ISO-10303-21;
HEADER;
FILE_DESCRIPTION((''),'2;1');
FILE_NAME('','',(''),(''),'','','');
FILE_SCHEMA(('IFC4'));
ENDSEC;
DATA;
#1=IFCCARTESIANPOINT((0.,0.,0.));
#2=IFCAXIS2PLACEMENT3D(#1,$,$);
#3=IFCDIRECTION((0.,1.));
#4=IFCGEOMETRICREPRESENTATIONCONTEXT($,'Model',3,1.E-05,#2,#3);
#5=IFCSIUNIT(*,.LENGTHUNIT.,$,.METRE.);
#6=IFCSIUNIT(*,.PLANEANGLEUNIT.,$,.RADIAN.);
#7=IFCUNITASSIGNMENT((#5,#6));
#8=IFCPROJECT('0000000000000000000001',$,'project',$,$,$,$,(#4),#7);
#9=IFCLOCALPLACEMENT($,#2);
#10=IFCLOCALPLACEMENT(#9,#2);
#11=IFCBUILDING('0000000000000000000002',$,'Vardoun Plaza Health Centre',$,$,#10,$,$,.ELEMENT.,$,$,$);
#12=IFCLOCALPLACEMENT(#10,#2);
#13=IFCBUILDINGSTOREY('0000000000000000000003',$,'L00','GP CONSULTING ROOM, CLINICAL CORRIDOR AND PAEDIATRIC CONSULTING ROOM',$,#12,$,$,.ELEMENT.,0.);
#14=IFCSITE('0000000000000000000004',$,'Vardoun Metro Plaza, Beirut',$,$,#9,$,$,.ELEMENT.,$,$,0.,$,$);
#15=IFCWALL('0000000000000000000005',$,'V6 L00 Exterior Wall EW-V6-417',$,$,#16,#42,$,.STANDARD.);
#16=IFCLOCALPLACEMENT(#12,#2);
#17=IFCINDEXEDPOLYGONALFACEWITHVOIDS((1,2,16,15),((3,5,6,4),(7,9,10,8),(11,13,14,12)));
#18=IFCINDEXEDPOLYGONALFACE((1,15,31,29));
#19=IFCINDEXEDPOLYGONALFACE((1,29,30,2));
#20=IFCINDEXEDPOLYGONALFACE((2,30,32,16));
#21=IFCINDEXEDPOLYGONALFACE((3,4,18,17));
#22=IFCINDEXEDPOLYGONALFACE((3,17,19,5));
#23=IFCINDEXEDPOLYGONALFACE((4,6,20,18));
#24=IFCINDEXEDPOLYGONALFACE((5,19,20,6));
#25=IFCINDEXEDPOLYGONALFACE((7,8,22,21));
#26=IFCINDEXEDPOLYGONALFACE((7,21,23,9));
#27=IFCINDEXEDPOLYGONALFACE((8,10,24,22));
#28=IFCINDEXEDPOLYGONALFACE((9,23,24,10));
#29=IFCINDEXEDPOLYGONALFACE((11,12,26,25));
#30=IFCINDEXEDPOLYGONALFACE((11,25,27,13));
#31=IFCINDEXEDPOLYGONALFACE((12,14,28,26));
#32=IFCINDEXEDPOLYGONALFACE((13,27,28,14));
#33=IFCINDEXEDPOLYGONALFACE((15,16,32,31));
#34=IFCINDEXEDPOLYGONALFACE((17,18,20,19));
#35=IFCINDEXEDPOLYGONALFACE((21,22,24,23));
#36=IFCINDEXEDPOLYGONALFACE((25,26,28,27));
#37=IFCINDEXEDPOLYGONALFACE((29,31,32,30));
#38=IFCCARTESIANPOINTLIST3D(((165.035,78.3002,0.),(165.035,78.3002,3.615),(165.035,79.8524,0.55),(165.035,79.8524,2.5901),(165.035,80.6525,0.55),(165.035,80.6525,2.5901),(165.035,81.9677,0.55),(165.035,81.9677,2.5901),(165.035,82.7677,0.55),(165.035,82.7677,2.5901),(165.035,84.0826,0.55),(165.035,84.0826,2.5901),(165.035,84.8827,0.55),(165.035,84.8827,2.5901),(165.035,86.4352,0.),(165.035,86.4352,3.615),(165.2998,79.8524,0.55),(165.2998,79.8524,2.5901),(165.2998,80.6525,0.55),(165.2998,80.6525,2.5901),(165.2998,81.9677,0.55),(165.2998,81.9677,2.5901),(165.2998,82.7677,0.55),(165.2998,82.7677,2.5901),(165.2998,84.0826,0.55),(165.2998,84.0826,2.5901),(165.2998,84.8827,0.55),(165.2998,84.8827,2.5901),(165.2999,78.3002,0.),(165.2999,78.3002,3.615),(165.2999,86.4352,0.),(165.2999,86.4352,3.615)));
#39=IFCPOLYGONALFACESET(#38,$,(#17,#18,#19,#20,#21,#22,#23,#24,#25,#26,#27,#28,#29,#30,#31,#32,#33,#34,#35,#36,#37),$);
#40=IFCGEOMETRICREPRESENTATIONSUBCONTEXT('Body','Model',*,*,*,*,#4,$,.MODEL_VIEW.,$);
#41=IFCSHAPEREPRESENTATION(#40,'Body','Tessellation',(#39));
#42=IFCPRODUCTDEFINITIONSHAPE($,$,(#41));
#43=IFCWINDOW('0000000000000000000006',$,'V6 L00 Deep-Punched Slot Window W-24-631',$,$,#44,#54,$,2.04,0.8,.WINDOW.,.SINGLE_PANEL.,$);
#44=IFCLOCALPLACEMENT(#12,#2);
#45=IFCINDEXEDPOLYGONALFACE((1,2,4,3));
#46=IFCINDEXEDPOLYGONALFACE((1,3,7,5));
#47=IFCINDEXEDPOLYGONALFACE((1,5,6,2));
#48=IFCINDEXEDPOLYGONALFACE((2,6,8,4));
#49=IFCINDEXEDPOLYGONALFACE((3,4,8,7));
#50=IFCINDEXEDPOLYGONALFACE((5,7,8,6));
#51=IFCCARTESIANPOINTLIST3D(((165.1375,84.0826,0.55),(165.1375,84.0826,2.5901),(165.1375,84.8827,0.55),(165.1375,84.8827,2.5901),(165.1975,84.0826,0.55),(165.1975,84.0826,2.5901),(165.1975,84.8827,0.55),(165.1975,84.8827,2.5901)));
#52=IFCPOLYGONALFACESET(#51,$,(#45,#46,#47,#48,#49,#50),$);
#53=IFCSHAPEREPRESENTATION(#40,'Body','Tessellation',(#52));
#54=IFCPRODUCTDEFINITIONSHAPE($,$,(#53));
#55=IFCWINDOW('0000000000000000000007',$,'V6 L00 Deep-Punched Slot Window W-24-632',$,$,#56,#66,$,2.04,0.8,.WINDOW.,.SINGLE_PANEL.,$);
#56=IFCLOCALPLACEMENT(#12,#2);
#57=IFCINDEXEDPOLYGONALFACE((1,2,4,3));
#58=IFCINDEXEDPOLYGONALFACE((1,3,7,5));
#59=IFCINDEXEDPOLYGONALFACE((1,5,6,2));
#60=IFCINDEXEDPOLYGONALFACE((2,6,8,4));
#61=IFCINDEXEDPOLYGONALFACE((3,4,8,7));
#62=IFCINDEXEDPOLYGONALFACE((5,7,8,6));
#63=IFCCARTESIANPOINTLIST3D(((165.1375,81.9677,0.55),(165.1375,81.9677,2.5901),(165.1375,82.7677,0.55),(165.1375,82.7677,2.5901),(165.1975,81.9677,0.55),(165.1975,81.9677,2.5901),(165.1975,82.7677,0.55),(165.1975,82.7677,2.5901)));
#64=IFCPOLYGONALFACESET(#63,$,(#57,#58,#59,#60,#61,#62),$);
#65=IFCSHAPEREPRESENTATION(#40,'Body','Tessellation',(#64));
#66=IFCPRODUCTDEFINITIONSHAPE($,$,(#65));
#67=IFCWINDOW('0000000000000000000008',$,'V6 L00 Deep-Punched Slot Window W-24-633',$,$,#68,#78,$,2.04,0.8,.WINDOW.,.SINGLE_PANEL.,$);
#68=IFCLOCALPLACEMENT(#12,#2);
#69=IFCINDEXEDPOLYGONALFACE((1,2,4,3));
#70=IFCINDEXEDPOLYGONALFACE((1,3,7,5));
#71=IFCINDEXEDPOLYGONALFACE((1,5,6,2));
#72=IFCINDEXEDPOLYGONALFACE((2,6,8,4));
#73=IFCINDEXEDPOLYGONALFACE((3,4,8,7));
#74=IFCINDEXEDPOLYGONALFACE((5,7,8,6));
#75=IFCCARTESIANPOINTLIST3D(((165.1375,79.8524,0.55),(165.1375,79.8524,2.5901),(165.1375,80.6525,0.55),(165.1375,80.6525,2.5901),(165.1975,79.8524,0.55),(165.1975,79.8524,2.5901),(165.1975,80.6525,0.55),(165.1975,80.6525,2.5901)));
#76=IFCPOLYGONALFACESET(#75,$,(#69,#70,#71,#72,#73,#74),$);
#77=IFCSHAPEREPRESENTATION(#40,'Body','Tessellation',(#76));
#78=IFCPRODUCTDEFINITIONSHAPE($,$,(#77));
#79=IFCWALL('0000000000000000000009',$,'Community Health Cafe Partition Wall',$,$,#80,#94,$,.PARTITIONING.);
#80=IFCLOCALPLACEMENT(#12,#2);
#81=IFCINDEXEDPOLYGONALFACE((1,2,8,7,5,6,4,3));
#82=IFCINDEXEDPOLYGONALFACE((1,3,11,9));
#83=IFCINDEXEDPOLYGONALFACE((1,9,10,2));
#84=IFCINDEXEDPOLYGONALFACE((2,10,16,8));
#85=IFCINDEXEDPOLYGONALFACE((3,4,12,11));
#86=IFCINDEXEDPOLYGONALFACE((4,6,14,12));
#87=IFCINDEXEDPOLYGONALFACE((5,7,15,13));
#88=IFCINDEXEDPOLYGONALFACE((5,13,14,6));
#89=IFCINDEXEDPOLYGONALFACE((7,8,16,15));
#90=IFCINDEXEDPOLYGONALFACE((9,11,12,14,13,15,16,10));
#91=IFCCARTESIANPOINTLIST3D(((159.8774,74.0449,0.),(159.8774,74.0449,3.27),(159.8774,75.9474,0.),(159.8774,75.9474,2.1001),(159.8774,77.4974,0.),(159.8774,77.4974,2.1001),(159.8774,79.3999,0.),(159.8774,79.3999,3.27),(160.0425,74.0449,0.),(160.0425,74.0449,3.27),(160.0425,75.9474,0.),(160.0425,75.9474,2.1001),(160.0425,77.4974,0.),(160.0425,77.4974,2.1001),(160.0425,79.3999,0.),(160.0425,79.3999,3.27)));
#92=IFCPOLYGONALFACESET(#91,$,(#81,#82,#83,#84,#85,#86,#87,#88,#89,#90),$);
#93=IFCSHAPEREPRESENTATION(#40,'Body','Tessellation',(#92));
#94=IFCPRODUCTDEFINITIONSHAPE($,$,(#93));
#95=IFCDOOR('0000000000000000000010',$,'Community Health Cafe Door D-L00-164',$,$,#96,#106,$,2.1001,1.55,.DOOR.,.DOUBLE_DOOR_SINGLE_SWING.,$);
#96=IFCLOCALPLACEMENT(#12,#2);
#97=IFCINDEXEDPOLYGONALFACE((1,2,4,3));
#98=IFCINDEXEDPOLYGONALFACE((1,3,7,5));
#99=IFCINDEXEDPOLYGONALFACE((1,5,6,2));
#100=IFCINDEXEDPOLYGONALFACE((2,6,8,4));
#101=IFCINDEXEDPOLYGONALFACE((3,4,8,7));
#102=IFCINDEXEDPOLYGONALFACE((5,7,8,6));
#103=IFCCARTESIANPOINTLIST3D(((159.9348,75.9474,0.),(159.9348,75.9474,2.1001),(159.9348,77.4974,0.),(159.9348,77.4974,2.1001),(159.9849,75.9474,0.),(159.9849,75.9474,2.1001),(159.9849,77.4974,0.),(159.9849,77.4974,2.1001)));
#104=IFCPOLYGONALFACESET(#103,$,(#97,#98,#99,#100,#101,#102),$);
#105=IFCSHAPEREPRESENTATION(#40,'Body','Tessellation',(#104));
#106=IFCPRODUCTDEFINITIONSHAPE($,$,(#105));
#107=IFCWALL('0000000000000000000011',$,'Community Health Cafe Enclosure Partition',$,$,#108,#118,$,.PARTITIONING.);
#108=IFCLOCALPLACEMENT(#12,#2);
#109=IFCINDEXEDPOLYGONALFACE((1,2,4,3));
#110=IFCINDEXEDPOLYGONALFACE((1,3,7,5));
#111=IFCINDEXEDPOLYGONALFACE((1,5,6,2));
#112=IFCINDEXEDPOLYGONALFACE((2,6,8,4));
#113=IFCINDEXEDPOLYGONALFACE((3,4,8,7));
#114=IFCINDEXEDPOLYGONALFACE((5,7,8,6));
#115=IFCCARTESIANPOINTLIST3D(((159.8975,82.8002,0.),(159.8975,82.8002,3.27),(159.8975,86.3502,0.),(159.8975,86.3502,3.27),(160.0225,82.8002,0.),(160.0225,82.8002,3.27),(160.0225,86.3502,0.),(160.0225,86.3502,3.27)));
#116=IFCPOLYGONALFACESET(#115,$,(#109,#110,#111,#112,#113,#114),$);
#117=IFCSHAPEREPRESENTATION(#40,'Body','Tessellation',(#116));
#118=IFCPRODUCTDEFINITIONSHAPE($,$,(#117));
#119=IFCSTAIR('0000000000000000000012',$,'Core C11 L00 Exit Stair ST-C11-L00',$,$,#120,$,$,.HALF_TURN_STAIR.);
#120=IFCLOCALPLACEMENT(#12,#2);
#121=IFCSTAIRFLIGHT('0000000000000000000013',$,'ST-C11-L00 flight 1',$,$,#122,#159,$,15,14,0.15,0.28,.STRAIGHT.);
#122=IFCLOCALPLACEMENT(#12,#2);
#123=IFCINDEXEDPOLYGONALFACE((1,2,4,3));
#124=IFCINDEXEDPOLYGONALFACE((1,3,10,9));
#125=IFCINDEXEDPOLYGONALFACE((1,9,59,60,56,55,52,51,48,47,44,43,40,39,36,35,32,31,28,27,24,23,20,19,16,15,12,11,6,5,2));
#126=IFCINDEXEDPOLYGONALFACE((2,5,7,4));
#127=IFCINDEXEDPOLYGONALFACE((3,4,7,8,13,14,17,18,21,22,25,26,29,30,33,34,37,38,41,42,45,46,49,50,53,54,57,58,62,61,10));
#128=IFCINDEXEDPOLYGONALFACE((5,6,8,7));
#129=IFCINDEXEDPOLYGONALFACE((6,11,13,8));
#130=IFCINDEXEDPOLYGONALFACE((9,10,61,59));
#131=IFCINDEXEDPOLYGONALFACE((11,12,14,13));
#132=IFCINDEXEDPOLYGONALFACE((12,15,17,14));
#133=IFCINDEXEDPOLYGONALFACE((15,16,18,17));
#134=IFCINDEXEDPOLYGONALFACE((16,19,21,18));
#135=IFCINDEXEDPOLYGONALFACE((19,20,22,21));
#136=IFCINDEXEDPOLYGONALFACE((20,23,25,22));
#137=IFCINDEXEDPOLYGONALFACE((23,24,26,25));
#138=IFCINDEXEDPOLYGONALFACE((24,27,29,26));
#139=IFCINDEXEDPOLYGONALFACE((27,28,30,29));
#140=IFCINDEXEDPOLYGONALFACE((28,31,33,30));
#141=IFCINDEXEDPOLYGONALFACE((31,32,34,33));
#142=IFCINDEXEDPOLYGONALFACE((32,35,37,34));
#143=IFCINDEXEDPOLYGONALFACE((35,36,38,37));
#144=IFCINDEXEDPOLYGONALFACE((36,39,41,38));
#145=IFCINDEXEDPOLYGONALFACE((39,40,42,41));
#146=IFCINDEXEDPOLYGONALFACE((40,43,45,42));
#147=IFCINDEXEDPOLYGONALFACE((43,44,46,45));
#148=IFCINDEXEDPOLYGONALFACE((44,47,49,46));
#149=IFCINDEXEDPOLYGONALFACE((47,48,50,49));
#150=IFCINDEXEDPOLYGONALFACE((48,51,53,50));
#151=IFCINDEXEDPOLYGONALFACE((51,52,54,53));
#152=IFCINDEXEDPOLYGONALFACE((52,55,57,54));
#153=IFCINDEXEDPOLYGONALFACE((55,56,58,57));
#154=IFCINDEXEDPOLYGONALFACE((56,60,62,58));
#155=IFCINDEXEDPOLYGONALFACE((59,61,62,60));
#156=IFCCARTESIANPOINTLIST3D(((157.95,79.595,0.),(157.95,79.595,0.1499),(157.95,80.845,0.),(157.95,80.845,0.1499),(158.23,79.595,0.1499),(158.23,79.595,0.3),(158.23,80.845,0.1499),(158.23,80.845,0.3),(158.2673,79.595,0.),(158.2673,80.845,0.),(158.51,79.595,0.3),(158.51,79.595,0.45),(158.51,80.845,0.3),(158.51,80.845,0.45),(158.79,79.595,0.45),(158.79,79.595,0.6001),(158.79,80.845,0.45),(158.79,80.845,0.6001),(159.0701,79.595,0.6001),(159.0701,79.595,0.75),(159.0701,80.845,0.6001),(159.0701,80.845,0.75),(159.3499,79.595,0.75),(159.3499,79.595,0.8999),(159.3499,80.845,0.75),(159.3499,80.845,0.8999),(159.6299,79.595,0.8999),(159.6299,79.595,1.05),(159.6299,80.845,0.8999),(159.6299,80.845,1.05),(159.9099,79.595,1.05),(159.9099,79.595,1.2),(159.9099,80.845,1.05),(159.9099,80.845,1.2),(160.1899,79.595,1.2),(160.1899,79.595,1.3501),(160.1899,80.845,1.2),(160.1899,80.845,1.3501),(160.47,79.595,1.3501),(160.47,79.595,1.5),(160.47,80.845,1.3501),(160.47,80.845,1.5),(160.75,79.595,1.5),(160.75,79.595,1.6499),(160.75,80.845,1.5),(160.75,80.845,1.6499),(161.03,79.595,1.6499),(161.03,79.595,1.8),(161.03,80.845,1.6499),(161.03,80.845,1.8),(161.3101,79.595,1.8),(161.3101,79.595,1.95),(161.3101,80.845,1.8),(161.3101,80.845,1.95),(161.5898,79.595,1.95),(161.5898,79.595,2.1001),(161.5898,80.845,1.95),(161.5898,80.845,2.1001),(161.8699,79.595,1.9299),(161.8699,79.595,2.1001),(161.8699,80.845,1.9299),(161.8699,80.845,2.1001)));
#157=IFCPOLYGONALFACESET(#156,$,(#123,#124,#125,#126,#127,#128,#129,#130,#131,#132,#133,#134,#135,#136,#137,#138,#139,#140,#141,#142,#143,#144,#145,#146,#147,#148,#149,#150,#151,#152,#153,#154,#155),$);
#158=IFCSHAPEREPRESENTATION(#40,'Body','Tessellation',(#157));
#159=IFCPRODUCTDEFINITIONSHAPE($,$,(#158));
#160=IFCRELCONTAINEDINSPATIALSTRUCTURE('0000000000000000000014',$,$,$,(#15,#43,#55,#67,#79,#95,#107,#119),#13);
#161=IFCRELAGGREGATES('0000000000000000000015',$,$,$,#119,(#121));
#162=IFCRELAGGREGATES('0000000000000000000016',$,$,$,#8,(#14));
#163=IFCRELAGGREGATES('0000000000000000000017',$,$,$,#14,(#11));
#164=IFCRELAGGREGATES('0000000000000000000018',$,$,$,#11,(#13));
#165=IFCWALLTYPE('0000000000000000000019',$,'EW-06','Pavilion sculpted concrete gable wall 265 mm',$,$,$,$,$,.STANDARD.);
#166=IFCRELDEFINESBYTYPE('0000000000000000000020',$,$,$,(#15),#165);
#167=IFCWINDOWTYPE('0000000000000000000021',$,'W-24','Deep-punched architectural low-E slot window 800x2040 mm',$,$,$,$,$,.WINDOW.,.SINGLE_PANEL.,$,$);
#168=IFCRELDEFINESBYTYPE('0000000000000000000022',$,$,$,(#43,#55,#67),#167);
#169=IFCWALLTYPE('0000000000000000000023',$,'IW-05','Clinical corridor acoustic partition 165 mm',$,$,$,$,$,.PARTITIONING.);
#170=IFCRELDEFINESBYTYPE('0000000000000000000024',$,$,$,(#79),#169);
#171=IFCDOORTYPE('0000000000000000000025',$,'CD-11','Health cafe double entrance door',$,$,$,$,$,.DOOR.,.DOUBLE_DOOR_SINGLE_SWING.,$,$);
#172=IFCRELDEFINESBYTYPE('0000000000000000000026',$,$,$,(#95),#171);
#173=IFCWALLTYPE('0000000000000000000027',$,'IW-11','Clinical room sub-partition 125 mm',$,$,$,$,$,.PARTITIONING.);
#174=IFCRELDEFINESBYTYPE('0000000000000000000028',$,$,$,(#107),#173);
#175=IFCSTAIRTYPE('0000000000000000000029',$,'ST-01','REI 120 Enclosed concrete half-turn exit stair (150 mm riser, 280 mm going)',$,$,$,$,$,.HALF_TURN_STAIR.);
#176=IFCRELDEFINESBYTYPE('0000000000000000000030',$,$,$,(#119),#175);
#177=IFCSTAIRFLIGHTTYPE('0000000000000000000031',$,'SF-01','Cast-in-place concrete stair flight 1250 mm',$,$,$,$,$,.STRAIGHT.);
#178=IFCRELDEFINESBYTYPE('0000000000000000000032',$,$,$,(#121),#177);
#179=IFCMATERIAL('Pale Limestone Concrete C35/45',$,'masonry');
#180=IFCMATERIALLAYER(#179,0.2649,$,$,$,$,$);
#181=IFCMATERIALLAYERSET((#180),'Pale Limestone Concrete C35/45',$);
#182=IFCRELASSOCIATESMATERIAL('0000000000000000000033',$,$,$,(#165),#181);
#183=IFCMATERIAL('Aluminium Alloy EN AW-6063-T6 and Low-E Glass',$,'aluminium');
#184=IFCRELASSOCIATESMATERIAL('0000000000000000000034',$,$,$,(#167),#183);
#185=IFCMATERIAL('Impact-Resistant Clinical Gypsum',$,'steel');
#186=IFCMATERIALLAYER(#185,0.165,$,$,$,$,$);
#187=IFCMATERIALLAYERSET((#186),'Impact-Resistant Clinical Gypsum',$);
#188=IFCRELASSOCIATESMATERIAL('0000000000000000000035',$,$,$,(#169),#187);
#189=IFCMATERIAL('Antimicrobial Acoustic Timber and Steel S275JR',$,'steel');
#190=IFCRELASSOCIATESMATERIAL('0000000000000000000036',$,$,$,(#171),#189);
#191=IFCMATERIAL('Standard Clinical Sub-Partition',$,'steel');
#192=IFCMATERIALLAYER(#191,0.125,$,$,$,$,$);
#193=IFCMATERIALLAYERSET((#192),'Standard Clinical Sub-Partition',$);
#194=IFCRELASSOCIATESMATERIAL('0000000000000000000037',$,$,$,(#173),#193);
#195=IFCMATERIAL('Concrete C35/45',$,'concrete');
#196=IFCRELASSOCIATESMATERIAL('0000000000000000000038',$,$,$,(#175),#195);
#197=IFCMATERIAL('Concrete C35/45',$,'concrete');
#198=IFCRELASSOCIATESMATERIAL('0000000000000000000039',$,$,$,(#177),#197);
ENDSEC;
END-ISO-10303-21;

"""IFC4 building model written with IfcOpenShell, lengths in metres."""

from ifc_helpers import new_model, si_unit, direction, frame, frame_2d, origin, place, context, subcontext, project, spatial, polyline, rectangle, outline, extrude, material, layer, layer_set, type_object, element, fill, aggregate, save


model = new_model("IFC4")

# Units and contexts
model_context = context("Model", 3, precision=1e-05, world=origin(), true_north=direction((0.0, 1.0)))
body_context = subcontext(model_context, "Body", "Model", "MODEL_VIEW")
ifc_project = project(units=[si_unit("LENGTHUNIT", "METRE"), si_unit("PLANEANGLEUNIT", "RADIAN")], contexts=[model_context])

# Site, building, storey
site_placement = place(None, origin())
site = spatial("IfcSite", under=ifc_project, at=site_placement, Name="Vardoun Metro Plaza, Beirut", CompositionType="ELEMENT", RefElevation=0.0)
building_placement = place(site_placement, origin())
building = spatial("IfcBuilding", under=site, at=building_placement, Name="Vardoun Plaza Health Centre", CompositionType="ELEMENT")
storey_placement = place(building_placement, origin())
storey = spatial("IfcBuildingStorey", under=building, at=storey_placement, Name="L00", Description="GP CONSULTING ROOM, CLINICAL CORRIDOR AND PAEDIATRIC CONSULTING ROOM", CompositionType="ELEMENT", Elevation=0.0)

# Wall, openings, windows
ifc_material_1 = material(Name="Pale Limestone Concrete C35/45", Category="masonry")
ifc_layer_1 = layer(ifc_material_1, 0.2649)
ifc_layer_set_1 = layer_set([ifc_layer_1], Name="Pale Limestone Concrete C35/45")
wall_type_1 = type_object("IfcWallType", Name="EW-06", Description="Pavilion sculpted concrete gable wall 265 mm", PredefinedType="STANDARD", material=ifc_layer_set_1)
wall_1_placement = place(storey_placement, frame((165.1675, 86.4351, 0.0), z_axis=(0.0, 0.0, 1.0), x_axis=(0.0, -1.0, 0.0)))
wall_1 = element("IfcWall", 1, at=wall_1_placement, inside=storey, type_object=wall_type_1, Name="V6 L00 Exterior Wall EW-V6-417", PredefinedType="STANDARD", context=body_context, shape_type="SweptSolid", body=[
    extrude(rectangle(XDim=8.135, YDim=0.2649, at=frame_2d((4.0674, 0.0))), origin(), (0.0, 0.0, 1.0), 3.615),
])
opening_1_placement = place(wall_1_placement, frame((1.5525, 0.0, 0.55)))
opening_1 = element("IfcOpeningElement", 2, at=opening_1_placement, cuts=wall_1, PredefinedType="OPENING", context=body_context, shape_type="SweptSolid", body=[
    extrude(rectangle(XDim=0.8, YDim=2.04, at=frame_2d((0.3999, 1.02))), frame((0.0, 0.1323, 0.0), z_axis=(0.0, -1.0, 0.0), x_axis=(1.0, 0.0, 0.0)), (0.0, 0.0, 1.0), 0.2649),
])
opening_2_placement = place(wall_1_placement, frame((3.6675, 0.0, 0.55)))
opening_2 = element("IfcOpeningElement", 3, at=opening_2_placement, cuts=wall_1, PredefinedType="OPENING", context=body_context, shape_type="SweptSolid", body=[
    extrude(rectangle(XDim=0.8, YDim=2.04, at=frame_2d((0.3999, 1.02))), frame((0.0, 0.1323, 0.0), z_axis=(0.0, -1.0, 0.0), x_axis=(1.0, 0.0, 0.0)), (0.0, 0.0, 1.0), 0.2649),
])
opening_3_placement = place(wall_1_placement, frame((5.7827, 0.0, 0.55)))
opening_3 = element("IfcOpeningElement", 4, at=opening_3_placement, cuts=wall_1, PredefinedType="OPENING", context=body_context, shape_type="SweptSolid", body=[
    extrude(rectangle(XDim=0.8, YDim=2.04, at=frame_2d((0.3999, 1.02))), frame((0.0, 0.1323, 0.0), z_axis=(0.0, -1.0, 0.0), x_axis=(1.0, 0.0, 0.0)), (0.0, 0.0, 1.0), 0.2649),
])
ifc_material_2 = material(Name="Aluminium Alloy EN AW-6063-T6 and Low-E Glass", Category="aluminium")
window_type_1 = type_object("IfcWindowType", Name="W-24", Description="Deep-punched architectural low-E slot window 800x2040 mm", PartitioningType="SINGLE_PANEL", PredefinedType="WINDOW", material=ifc_material_2)
window_1_placement = place(opening_1_placement, origin())
window_1 = element("IfcWindow", 5, at=window_1_placement, inside=storey, type_object=window_type_1, Name="V6 L00 Deep-Punched Slot Window W-24-631", OverallHeight=2.04, OverallWidth=0.8, PartitioningType="SINGLE_PANEL", PredefinedType="WINDOW", context=body_context, shape_type="SweptSolid", body=[
    extrude(rectangle(XDim=0.8, YDim=2.04, at=frame_2d((0.3999, 1.02))), frame((0.0, 0.03, 0.0), z_axis=(0.0, -1.0, 0.0), x_axis=(1.0, 0.0, 0.0)), (0.0, 0.0, 1.0), 0.0601),
])
fill(opening_1, window_1)
window_2_placement = place(opening_2_placement, origin())
window_2 = element("IfcWindow", 6, at=window_2_placement, inside=storey, type_object=window_type_1, Name="V6 L00 Deep-Punched Slot Window W-24-632", OverallHeight=2.04, OverallWidth=0.8, PartitioningType="SINGLE_PANEL", PredefinedType="WINDOW", context=body_context, shape_type="SweptSolid", body=[
    extrude(rectangle(XDim=0.8, YDim=2.04, at=frame_2d((0.3999, 1.02))), frame((0.0, 0.03, 0.0), z_axis=(0.0, -1.0, 0.0), x_axis=(1.0, 0.0, 0.0)), (0.0, 0.0, 1.0), 0.0601),
])
fill(opening_2, window_2)
window_3_placement = place(opening_3_placement, origin())
window_3 = element("IfcWindow", 7, at=window_3_placement, inside=storey, type_object=window_type_1, Name="V6 L00 Deep-Punched Slot Window W-24-633", OverallHeight=2.04, OverallWidth=0.8, PartitioningType="SINGLE_PANEL", PredefinedType="WINDOW", context=body_context, shape_type="SweptSolid", body=[
    extrude(rectangle(XDim=0.8, YDim=2.04, at=frame_2d((0.3999, 1.02))), frame((0.0, 0.03, 0.0), z_axis=(0.0, -1.0, 0.0), x_axis=(1.0, 0.0, 0.0)), (0.0, 0.0, 1.0), 0.0601),
])
fill(opening_3, window_3)

# Wall, opening, door
ifc_material_3 = material(Name="Impact-Resistant Clinical Gypsum", Category="steel")
ifc_layer_2 = layer(ifc_material_3, 0.165)
ifc_layer_set_2 = layer_set([ifc_layer_2], Name="Impact-Resistant Clinical Gypsum")
wall_type_2 = type_object("IfcWallType", Name="IW-05", Description="Clinical corridor acoustic partition 165 mm", PredefinedType="PARTITIONING", material=ifc_layer_set_2)
wall_2_placement = place(storey_placement, frame((159.96, 79.3999, 0.0), z_axis=(0.0, 0.0, 1.0), x_axis=(0.0, -1.0, 0.0)))
wall_2 = element("IfcWall", 8, at=wall_2_placement, inside=storey, type_object=wall_type_2, Name="Community Health Cafe Partition Wall", PredefinedType="PARTITIONING", context=body_context, shape_type="SweptSolid", body=[
    extrude(rectangle(XDim=5.355, YDim=0.165, at=frame_2d((2.6775, 0.0))), origin(), (0.0, 0.0, 1.0), 3.27),
])
opening_4_placement = place(wall_2_placement, frame((1.9026, 0.0, 0.0)))
opening_4 = element("IfcOpeningElement", 9, at=opening_4_placement, cuts=wall_2, PredefinedType="OPENING", context=body_context, shape_type="SweptSolid", body=[
    extrude(rectangle(XDim=1.55, YDim=2.1001, at=frame_2d((0.7749, 1.05))), frame((0.0, 0.0825, 0.0), z_axis=(0.0, -1.0, 0.0), x_axis=(1.0, 0.0, 0.0)), (0.0, 0.0, 1.0), 0.165),
])
ifc_material_4 = material(Name="Antimicrobial Acoustic Timber and Steel S275JR", Category="steel")
door_type_1 = type_object("IfcDoorType", Name="CD-11", Description="Health cafe double entrance door", OperationType="DOUBLE_DOOR_SINGLE_SWING", PredefinedType="DOOR", material=ifc_material_4)
door_1_placement = place(opening_4_placement, origin())
door_1 = element("IfcDoor", 10, at=door_1_placement, inside=storey, type_object=door_type_1, Name="Community Health Cafe Door D-L00-164", OperationType="DOUBLE_DOOR_SINGLE_SWING", OverallHeight=2.1001, OverallWidth=1.55, PredefinedType="DOOR", context=body_context, shape_type="SweptSolid", body=[
    extrude(rectangle(XDim=1.55, YDim=2.1001, at=frame_2d((0.7749, 1.05))), frame((0.0, 0.0249, 0.0), z_axis=(0.0, -1.0, 0.0), x_axis=(1.0, 0.0, 0.0)), (0.0, 0.0, 1.0), 0.05),
])
fill(opening_4, door_1)

# Wall
ifc_material_5 = material(Name="Standard Clinical Sub-Partition", Category="steel")
ifc_layer_3 = layer(ifc_material_5, 0.125)
ifc_layer_set_3 = layer_set([ifc_layer_3], Name="Standard Clinical Sub-Partition")
wall_type_3 = type_object("IfcWallType", Name="IW-11", Description="Clinical room sub-partition 125 mm", PredefinedType="PARTITIONING", material=ifc_layer_set_3)
wall_3_placement = place(storey_placement, frame((159.96, 86.3501, 0.0), z_axis=(0.0, 0.0, 1.0), x_axis=(0.0, -1.0, 0.0)))
element("IfcWall", 11, at=wall_3_placement, inside=storey, type_object=wall_type_3, Name="Community Health Cafe Enclosure Partition", PredefinedType="PARTITIONING", context=body_context, shape_type="SweptSolid", body=[
    extrude(rectangle(XDim=3.55, YDim=0.125, at=frame_2d((1.7749, 0.0))), origin(), (0.0, 0.0, 1.0), 3.27),
])

# Stair, stair flight
ifc_material_6 = material(Name="Concrete C35/45", Category="concrete")
stair_type = type_object("IfcStairType", Name="ST-01", Description="REI 120 Enclosed concrete half-turn exit stair (150 mm riser, 280 mm going)", PredefinedType="HALF_TURN_STAIR", material=ifc_material_6)
stair_placement = place(storey_placement, origin())
stair = element("IfcStair", 12, at=stair_placement, inside=storey, type_object=stair_type, Name="Core C11 L00 Exit Stair ST-C11-L00", PredefinedType="HALF_TURN_STAIR")
ifc_material_7 = material(Name="Concrete C35/45", Category="concrete")
stair_flight_type = type_object("IfcStairFlightType", Name="SF-01", Description="Cast-in-place concrete stair flight 1250 mm", PredefinedType="STRAIGHT", material=ifc_material_7)
stair_flight_1_placement = place(storey_placement, frame((157.95, 80.22, 0.0), z_axis=(0.0, 0.0, 1.0), x_axis=(1.0, 0.0, 0.0)))
stair_flight_1 = element("IfcStairFlight", 13, at=stair_flight_1_placement, type_object=stair_flight_type, Name="ST-C11-L00 flight 1", NumberOfRisers=15, NumberOfTreads=14, PredefinedType="STRAIGHT", RiserHeight=0.15, TreadLength=0.28, context=body_context, shape_type="SweptSolid", body=[
    extrude(outline(polyline([(0.0, 0.0), (0.0, 0.1499), (0.28, 0.1499), (0.28, 0.3), (0.5601, 0.3), (0.5601, 0.45), (0.8401, 0.45), (0.8401, 0.6001), (1.1201, 0.6001), (1.1201, 0.75), (1.3999, 0.75), (1.3999, 0.8999), (1.6799, 0.8999), (1.6799, 1.05), (1.96, 1.05), (1.96, 1.2), (2.24, 1.2), (2.24, 1.3501), (2.52, 1.3501), (2.52, 1.5), (2.8, 1.5), (2.8, 1.6499), (3.0801, 1.6499), (3.0801, 1.8), (3.3601, 1.8), (3.3601, 1.95), (3.6399, 1.95), (3.6399, 2.1001), (3.9199, 2.1001), (3.9199, 2.25), (3.9199, 1.9299), (0.3174, 0.0), (0.0, 0.0)])), frame((0.0, 0.625, 0.0), z_axis=(0.0, -1.0, 0.0), x_axis=(1.0, 0.0, 0.0)), (0.0, 0.0, 1.0), 1.25),
])
aggregate(stair, [stair_flight_1])

save(model, "model.ifc")
